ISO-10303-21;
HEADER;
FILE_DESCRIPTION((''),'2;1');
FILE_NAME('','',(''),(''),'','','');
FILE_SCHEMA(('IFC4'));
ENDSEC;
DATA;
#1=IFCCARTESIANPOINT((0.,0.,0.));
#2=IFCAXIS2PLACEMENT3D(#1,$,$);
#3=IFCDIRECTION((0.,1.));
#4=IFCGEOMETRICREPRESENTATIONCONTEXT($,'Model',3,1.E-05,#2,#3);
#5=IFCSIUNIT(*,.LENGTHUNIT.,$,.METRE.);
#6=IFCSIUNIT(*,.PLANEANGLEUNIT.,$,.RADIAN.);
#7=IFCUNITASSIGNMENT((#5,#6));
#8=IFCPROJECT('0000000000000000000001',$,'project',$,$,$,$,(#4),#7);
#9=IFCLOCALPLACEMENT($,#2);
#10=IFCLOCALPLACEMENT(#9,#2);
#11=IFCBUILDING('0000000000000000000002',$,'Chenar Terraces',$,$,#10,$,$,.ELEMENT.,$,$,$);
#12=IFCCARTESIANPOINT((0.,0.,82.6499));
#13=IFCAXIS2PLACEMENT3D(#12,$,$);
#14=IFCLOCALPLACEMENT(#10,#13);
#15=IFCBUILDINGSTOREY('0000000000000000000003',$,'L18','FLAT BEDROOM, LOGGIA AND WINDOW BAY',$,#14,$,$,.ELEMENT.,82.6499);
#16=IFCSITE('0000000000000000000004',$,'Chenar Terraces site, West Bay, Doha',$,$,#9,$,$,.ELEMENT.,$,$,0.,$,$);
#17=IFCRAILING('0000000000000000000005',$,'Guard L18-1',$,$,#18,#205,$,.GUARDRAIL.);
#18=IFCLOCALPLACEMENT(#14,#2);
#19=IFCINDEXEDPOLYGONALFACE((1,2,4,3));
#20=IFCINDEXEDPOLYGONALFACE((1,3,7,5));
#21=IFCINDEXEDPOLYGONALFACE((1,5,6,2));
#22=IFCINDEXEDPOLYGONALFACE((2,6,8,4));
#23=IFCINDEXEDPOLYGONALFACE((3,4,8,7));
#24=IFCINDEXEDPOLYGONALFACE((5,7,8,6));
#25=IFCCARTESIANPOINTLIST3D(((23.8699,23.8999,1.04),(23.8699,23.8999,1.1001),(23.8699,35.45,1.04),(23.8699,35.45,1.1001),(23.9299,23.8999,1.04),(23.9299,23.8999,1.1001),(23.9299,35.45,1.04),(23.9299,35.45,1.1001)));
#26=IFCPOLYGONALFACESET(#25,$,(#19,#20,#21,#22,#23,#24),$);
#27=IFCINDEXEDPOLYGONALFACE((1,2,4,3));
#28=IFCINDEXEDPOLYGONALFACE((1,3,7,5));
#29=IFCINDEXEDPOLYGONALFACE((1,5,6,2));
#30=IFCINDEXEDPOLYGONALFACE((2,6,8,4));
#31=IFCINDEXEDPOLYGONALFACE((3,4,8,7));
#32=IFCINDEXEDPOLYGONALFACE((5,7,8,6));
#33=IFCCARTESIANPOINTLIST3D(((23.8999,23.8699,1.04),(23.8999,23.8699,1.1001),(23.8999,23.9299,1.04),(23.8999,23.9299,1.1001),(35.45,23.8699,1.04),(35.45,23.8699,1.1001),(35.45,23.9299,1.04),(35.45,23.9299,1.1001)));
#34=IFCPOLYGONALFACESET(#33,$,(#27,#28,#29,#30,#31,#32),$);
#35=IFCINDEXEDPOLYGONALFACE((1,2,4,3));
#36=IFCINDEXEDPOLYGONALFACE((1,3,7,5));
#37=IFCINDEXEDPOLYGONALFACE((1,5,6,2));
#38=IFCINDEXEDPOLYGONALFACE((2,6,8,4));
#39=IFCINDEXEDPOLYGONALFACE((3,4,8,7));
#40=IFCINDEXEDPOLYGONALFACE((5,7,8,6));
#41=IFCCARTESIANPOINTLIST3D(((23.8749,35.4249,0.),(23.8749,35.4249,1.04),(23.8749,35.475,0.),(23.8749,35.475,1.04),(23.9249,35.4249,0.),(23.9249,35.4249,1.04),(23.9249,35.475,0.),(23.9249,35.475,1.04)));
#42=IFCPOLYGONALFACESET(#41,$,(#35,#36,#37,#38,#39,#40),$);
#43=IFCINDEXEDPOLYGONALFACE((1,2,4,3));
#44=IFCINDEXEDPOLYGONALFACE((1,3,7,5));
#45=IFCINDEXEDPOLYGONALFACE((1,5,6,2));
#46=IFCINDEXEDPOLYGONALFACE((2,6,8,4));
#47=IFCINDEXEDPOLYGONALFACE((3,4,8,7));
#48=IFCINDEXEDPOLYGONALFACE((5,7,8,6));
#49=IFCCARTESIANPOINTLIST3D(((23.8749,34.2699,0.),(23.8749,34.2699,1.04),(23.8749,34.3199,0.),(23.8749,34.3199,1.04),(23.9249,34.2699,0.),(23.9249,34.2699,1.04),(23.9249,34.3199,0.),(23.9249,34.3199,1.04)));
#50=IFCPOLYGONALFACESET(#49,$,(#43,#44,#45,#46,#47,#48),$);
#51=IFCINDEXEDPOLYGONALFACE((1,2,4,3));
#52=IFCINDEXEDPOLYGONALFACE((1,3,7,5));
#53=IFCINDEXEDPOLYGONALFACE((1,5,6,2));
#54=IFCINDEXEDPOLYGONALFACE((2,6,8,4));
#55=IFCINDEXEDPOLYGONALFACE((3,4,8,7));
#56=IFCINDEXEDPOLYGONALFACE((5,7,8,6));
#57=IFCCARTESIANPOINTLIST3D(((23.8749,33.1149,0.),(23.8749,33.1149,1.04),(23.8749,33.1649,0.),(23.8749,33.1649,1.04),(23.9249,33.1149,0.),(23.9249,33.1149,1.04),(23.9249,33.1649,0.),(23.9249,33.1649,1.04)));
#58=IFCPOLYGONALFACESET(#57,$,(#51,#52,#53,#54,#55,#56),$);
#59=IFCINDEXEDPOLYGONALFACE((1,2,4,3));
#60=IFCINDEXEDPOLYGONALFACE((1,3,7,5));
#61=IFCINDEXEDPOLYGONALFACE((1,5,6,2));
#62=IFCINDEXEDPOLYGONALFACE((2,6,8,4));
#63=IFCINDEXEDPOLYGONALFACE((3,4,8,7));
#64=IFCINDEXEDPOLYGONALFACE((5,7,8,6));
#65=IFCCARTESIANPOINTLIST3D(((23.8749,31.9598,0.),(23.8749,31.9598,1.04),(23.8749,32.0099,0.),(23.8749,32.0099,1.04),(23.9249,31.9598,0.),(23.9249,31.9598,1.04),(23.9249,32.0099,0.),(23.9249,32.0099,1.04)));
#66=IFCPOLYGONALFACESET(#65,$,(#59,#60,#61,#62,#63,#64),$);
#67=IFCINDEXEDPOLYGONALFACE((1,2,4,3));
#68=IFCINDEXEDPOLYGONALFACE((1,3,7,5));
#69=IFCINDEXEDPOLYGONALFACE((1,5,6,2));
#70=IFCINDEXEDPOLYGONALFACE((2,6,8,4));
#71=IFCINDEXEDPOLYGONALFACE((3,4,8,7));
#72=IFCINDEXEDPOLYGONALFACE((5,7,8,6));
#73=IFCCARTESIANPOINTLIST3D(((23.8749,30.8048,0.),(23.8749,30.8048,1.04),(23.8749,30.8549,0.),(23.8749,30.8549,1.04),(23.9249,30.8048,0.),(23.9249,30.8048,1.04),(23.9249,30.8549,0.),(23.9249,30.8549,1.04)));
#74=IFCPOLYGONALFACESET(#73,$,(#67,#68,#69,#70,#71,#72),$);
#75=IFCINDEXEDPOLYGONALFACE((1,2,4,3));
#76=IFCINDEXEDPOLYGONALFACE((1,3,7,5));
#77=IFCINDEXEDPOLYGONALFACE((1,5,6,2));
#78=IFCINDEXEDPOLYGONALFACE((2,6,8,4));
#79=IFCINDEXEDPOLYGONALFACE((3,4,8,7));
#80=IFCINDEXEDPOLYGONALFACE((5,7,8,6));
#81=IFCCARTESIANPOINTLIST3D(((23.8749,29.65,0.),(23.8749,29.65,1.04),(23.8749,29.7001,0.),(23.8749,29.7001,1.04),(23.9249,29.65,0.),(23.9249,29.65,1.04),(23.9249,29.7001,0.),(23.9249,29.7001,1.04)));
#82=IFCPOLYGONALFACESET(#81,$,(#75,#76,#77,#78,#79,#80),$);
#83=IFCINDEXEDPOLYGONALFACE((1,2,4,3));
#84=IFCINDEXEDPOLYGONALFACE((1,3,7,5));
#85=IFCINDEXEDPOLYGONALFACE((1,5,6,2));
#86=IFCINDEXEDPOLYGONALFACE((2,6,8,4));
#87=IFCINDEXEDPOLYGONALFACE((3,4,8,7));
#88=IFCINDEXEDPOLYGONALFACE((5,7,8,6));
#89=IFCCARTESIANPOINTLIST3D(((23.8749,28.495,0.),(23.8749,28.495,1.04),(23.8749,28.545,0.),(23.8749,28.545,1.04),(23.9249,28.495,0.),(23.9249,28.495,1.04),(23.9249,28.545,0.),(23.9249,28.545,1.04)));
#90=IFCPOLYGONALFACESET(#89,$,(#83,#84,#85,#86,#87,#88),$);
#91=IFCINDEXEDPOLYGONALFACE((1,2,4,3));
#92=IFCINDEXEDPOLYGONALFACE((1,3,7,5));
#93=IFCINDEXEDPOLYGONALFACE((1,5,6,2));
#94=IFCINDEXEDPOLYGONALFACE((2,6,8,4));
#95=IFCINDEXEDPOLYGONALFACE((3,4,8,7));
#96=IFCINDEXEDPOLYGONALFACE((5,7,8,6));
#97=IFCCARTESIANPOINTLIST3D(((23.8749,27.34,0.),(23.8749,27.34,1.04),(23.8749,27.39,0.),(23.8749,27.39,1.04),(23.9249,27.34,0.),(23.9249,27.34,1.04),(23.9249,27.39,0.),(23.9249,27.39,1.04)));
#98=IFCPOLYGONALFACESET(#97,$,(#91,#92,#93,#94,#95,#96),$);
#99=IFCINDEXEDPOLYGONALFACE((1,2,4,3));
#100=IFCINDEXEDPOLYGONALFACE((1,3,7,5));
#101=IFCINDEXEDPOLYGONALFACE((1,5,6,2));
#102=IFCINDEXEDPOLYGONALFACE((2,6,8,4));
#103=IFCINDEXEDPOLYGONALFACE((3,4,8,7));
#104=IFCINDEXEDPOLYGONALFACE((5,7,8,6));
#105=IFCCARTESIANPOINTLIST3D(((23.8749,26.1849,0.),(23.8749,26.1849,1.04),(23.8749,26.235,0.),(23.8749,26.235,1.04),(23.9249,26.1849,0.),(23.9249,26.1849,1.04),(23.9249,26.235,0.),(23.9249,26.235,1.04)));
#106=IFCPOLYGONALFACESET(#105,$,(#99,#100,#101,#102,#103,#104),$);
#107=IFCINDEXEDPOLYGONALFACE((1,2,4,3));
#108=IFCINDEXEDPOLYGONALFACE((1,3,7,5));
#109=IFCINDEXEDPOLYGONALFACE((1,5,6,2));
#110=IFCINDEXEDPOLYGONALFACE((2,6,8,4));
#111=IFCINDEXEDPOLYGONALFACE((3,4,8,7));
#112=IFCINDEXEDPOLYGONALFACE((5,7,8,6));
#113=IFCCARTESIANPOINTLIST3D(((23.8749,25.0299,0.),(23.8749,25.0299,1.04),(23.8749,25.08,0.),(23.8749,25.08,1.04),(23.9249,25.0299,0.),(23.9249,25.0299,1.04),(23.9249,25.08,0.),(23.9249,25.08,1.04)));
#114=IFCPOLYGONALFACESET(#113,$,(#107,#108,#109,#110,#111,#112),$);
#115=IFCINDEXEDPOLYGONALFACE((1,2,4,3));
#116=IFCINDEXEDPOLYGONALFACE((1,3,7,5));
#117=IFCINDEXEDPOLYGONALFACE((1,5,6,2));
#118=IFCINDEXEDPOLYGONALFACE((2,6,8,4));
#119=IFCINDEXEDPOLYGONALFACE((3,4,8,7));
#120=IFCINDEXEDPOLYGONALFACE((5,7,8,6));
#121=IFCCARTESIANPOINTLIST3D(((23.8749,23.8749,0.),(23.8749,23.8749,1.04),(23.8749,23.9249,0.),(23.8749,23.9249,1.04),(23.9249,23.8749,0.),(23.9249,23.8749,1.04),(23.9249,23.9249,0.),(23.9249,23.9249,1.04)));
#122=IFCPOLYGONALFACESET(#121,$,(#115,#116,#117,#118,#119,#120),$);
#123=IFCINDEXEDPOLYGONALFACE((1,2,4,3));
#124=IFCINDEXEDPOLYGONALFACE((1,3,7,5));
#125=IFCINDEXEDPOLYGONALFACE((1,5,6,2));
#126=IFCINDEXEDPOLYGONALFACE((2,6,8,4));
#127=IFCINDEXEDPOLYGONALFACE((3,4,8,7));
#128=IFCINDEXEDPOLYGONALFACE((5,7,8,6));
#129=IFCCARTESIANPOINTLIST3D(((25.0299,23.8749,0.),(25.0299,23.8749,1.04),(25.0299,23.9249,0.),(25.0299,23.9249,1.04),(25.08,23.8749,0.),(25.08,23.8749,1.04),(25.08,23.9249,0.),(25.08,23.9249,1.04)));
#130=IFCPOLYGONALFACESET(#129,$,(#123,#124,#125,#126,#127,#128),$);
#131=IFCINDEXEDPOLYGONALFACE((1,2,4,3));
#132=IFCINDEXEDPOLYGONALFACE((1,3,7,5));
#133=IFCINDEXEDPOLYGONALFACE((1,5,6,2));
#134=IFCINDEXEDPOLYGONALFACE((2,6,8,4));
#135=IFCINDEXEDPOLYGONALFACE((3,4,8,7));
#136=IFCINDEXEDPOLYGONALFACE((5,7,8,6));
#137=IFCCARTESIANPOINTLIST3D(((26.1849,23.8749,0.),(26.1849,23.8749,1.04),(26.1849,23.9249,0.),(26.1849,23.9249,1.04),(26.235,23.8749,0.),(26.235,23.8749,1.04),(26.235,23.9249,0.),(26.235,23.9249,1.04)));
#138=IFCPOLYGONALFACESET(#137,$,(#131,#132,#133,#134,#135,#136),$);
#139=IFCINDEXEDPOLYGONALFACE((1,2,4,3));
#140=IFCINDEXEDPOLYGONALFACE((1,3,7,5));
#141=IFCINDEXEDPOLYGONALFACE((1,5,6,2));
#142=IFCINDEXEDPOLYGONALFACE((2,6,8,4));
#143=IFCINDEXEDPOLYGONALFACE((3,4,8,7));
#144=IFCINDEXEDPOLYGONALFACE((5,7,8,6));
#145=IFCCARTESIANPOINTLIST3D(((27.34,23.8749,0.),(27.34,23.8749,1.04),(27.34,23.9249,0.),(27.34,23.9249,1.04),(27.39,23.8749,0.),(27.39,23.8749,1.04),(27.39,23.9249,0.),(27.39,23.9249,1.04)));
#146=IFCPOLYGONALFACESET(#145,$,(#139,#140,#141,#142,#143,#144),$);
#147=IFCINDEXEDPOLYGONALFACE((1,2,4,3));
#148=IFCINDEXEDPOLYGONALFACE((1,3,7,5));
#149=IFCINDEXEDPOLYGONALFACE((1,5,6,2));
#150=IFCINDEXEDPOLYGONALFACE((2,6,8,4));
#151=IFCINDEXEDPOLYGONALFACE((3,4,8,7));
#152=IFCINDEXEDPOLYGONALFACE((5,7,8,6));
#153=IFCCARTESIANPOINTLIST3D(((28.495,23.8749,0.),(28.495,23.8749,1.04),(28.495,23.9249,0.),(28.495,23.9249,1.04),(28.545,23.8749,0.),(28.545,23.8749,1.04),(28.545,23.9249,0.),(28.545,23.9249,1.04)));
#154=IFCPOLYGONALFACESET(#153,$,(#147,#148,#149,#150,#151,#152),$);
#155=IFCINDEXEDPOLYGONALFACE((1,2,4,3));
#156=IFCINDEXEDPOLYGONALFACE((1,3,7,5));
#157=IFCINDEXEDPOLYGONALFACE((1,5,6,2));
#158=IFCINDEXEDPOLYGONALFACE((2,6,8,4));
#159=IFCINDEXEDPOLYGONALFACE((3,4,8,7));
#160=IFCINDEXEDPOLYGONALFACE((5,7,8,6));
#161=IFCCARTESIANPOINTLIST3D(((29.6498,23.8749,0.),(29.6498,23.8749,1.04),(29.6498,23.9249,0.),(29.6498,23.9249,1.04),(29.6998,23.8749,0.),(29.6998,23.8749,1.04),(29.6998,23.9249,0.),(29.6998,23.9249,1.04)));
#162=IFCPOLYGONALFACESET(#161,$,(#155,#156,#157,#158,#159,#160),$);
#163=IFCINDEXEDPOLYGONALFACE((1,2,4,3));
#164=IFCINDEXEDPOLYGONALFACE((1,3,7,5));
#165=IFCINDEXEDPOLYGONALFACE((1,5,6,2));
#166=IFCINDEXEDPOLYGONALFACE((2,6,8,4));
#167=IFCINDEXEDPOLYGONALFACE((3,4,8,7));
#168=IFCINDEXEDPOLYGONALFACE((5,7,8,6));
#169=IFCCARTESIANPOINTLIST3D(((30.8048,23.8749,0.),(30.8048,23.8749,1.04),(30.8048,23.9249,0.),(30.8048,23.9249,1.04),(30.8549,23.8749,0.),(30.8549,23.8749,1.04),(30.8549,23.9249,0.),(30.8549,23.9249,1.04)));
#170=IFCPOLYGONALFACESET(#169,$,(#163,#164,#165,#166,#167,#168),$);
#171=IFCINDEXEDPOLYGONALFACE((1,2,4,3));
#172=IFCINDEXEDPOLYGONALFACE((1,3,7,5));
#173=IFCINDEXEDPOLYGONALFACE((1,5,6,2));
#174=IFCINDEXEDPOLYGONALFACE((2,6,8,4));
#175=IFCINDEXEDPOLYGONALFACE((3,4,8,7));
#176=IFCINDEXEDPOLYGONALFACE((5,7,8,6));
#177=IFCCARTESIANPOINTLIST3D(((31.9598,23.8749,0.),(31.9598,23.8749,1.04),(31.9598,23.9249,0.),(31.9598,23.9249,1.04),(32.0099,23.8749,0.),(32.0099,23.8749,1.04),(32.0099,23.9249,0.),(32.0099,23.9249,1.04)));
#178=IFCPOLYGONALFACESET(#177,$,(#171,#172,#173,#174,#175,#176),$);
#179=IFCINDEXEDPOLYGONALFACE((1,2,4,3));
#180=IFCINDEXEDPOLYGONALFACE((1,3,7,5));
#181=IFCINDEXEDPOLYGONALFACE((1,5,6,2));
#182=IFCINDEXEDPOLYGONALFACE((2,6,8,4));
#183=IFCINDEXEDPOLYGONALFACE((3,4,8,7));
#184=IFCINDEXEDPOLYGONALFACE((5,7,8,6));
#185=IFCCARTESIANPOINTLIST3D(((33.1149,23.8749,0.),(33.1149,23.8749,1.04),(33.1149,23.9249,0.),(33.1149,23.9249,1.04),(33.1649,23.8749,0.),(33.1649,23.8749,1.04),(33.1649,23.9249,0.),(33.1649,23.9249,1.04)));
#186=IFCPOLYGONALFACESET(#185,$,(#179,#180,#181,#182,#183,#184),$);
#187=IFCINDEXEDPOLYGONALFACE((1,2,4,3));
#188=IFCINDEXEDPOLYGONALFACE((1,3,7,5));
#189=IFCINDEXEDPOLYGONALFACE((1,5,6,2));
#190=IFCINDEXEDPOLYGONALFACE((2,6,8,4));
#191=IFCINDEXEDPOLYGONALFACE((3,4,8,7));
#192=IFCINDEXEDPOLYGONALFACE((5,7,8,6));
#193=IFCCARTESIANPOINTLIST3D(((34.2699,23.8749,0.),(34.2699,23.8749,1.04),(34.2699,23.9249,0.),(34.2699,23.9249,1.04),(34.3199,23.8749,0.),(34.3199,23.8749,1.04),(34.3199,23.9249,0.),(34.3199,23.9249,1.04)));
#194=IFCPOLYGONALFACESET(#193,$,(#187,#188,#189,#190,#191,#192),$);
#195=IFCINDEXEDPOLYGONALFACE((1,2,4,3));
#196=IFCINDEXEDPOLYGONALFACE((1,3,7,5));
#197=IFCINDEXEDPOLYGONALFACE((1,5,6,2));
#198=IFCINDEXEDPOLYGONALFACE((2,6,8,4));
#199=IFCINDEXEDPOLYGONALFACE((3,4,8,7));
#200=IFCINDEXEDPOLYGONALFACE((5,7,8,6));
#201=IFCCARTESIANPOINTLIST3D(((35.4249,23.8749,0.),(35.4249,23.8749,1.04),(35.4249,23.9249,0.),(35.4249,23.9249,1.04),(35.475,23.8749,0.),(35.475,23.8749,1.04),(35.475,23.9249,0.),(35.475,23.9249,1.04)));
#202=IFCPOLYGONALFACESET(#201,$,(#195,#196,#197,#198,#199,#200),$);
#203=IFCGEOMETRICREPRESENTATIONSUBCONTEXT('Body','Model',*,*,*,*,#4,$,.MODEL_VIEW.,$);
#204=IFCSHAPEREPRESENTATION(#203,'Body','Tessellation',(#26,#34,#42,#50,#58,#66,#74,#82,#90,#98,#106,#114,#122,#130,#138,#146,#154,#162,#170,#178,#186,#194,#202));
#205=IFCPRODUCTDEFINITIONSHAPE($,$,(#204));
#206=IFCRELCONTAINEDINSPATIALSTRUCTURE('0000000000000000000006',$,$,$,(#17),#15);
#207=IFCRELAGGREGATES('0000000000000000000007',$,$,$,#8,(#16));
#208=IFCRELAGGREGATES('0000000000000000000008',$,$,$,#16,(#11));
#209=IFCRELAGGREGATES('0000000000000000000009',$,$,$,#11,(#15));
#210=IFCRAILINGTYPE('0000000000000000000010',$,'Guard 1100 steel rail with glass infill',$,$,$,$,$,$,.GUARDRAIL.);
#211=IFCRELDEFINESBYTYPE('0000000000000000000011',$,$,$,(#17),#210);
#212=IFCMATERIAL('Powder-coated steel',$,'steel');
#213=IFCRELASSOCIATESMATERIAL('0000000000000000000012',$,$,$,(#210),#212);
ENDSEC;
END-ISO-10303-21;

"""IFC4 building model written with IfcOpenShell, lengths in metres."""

from ifc_helpers import new_model, si_unit, direction, frame, origin, origin_2d, place, context, subcontext, project, spatial, rectangle, extrude, material, type_object, element, save


model = new_model("IFC4")

# Units and contexts
model_context = context("Model", 3, precision=1e-05, world=origin(), true_north=direction((0.0, 1.0)))
body_context = subcontext(model_context, "Body", "Model", "MODEL_VIEW")
ifc_project = project(units=[si_unit("LENGTHUNIT", "METRE"), si_unit("PLANEANGLEUNIT", "RADIAN")], contexts=[model_context])

# Site, building, storey
site_placement = place(None, origin())
site = spatial("IfcSite", under=ifc_project, at=site_placement, Name="Chenar Terraces site, West Bay, Doha", CompositionType="ELEMENT", RefElevation=0.0)
building_placement = place(site_placement, origin())
building = spatial("IfcBuilding", under=site, at=building_placement, Name="Chenar Terraces", CompositionType="ELEMENT")
storey_placement = place(building_placement, frame((0.0, 0.0, 82.6499)))
storey = spatial("IfcBuildingStorey", under=building, at=storey_placement, Name="L18", Description="FLAT BEDROOM, LOGGIA AND WINDOW BAY", CompositionType="ELEMENT", Elevation=82.6499)

# Railing
ifc_material_1 = material(Name="Powder-coated steel", Category="steel")
railing_type = type_object("IfcRailingType", Name="Guard 1100 steel rail with glass infill", PredefinedType="GUARDRAIL", material=ifc_material_1)
railing_placement = place(storey_placement, frame((23.8999, 35.45, 0.0)))
element("IfcRailing", 1, at=railing_placement, inside=storey, type_object=railing_type, Name="Guard L18-1", PredefinedType="GUARDRAIL", context=body_context, shape_type="SweptSolid", body=[
    extrude(rectangle(XDim=0.0601, YDim=0.0601, at=origin_2d()), frame((0.0, 0.0, 1.0701), z_axis=(0.0, -1.0, 0.0), x_axis=(1.0, 0.0, 0.0)), (0.0, 0.0, 1.0), 11.55),
    extrude(rectangle(XDim=0.0601, YDim=0.0601, at=origin_2d()), frame((0.0, -11.55, 1.0701), z_axis=(1.0, 0.0, 0.0), x_axis=(0.0, 1.0, 0.0)), (0.0, 0.0, 1.0), 11.55),
    extrude(rectangle(XDim=0.05, YDim=0.05, at=origin_2d()), origin(), (0.0, 0.0, 1.0), 1.04),
    extrude(rectangle(XDim=0.05, YDim=0.05, at=origin_2d()), frame((0.0, -1.155, 0.0)), (0.0, 0.0, 1.0), 1.04),
    extrude(rectangle(XDim=0.05, YDim=0.05, at=origin_2d()), frame((0.0, -2.3101, 0.0)), (0.0, 0.0, 1.0), 1.04),
    extrude(rectangle(XDim=0.05, YDim=0.05, at=origin_2d()), frame((0.0, -3.4651, 0.0)), (0.0, 0.0, 1.0), 1.04),
    extrude(rectangle(XDim=0.05, YDim=0.05, at=origin_2d()), frame((0.0, -4.6201, 0.0)), (0.0, 0.0, 1.0), 1.04),
    extrude(rectangle(XDim=0.05, YDim=0.05, at=origin_2d()), frame((0.0, -5.7749, 0.0)), (0.0, 0.0, 1.0), 1.04),
    extrude(rectangle(XDim=0.05, YDim=0.05, at=origin_2d()), frame((0.0, -6.9299, 0.0)), (0.0, 0.0, 1.0), 1.04),
    extrude(rectangle(XDim=0.05, YDim=0.05, at=origin_2d()), frame((0.0, -8.085, 0.0)), (0.0, 0.0, 1.0), 1.04),
    extrude(rectangle(XDim=0.05, YDim=0.05, at=origin_2d()), frame((0.0, -9.24, 0.0)), (0.0, 0.0, 1.0), 1.04),
    extrude(rectangle(XDim=0.05, YDim=0.05, at=origin_2d()), frame((0.0, -10.395, 0.0)), (0.0, 0.0, 1.0), 1.04),
    extrude(rectangle(XDim=0.05, YDim=0.05, at=origin_2d()), frame((0.0, -11.55, 0.0)), (0.0, 0.0, 1.0), 1.04),
    extrude(rectangle(XDim=0.05, YDim=0.05, at=origin_2d()), frame((1.155, -11.55, 0.0)), (0.0, 0.0, 1.0), 1.04),
    extrude(rectangle(XDim=0.05, YDim=0.05, at=origin_2d()), frame((2.3101, -11.55, 0.0)), (0.0, 0.0, 1.0), 1.04),
    extrude(rectangle(XDim=0.05, YDim=0.05, at=origin_2d()), frame((3.4651, -11.55, 0.0)), (0.0, 0.0, 1.0), 1.04),
    extrude(rectangle(XDim=0.05, YDim=0.05, at=origin_2d()), frame((4.6201, -11.55, 0.0)), (0.0, 0.0, 1.0), 1.04),
    extrude(rectangle(XDim=0.05, YDim=0.05, at=origin_2d()), frame((5.7749, -11.55, 0.0)), (0.0, 0.0, 1.0), 1.04),
    extrude(rectangle(XDim=0.05, YDim=0.05, at=origin_2d()), frame((6.9299, -11.55, 0.0)), (0.0, 0.0, 1.0), 1.04),
    extrude(rectangle(XDim=0.05, YDim=0.05, at=origin_2d()), frame((8.085, -11.55, 0.0)), (0.0, 0.0, 1.0), 1.04),
    extrude(rectangle(XDim=0.05, YDim=0.05, at=origin_2d()), frame((9.24, -11.55, 0.0)), (0.0, 0.0, 1.0), 1.04),
    extrude(rectangle(XDim=0.05, YDim=0.05, at=origin_2d()), frame((10.395, -11.55, 0.0)), (0.0, 0.0, 1.0), 1.04),
    extrude(rectangle(XDim=0.05, YDim=0.05, at=origin_2d()), frame((11.55, -11.55, 0.0)), (0.0, 0.0, 1.0), 1.04),
])

save(model, "model.ifc")
